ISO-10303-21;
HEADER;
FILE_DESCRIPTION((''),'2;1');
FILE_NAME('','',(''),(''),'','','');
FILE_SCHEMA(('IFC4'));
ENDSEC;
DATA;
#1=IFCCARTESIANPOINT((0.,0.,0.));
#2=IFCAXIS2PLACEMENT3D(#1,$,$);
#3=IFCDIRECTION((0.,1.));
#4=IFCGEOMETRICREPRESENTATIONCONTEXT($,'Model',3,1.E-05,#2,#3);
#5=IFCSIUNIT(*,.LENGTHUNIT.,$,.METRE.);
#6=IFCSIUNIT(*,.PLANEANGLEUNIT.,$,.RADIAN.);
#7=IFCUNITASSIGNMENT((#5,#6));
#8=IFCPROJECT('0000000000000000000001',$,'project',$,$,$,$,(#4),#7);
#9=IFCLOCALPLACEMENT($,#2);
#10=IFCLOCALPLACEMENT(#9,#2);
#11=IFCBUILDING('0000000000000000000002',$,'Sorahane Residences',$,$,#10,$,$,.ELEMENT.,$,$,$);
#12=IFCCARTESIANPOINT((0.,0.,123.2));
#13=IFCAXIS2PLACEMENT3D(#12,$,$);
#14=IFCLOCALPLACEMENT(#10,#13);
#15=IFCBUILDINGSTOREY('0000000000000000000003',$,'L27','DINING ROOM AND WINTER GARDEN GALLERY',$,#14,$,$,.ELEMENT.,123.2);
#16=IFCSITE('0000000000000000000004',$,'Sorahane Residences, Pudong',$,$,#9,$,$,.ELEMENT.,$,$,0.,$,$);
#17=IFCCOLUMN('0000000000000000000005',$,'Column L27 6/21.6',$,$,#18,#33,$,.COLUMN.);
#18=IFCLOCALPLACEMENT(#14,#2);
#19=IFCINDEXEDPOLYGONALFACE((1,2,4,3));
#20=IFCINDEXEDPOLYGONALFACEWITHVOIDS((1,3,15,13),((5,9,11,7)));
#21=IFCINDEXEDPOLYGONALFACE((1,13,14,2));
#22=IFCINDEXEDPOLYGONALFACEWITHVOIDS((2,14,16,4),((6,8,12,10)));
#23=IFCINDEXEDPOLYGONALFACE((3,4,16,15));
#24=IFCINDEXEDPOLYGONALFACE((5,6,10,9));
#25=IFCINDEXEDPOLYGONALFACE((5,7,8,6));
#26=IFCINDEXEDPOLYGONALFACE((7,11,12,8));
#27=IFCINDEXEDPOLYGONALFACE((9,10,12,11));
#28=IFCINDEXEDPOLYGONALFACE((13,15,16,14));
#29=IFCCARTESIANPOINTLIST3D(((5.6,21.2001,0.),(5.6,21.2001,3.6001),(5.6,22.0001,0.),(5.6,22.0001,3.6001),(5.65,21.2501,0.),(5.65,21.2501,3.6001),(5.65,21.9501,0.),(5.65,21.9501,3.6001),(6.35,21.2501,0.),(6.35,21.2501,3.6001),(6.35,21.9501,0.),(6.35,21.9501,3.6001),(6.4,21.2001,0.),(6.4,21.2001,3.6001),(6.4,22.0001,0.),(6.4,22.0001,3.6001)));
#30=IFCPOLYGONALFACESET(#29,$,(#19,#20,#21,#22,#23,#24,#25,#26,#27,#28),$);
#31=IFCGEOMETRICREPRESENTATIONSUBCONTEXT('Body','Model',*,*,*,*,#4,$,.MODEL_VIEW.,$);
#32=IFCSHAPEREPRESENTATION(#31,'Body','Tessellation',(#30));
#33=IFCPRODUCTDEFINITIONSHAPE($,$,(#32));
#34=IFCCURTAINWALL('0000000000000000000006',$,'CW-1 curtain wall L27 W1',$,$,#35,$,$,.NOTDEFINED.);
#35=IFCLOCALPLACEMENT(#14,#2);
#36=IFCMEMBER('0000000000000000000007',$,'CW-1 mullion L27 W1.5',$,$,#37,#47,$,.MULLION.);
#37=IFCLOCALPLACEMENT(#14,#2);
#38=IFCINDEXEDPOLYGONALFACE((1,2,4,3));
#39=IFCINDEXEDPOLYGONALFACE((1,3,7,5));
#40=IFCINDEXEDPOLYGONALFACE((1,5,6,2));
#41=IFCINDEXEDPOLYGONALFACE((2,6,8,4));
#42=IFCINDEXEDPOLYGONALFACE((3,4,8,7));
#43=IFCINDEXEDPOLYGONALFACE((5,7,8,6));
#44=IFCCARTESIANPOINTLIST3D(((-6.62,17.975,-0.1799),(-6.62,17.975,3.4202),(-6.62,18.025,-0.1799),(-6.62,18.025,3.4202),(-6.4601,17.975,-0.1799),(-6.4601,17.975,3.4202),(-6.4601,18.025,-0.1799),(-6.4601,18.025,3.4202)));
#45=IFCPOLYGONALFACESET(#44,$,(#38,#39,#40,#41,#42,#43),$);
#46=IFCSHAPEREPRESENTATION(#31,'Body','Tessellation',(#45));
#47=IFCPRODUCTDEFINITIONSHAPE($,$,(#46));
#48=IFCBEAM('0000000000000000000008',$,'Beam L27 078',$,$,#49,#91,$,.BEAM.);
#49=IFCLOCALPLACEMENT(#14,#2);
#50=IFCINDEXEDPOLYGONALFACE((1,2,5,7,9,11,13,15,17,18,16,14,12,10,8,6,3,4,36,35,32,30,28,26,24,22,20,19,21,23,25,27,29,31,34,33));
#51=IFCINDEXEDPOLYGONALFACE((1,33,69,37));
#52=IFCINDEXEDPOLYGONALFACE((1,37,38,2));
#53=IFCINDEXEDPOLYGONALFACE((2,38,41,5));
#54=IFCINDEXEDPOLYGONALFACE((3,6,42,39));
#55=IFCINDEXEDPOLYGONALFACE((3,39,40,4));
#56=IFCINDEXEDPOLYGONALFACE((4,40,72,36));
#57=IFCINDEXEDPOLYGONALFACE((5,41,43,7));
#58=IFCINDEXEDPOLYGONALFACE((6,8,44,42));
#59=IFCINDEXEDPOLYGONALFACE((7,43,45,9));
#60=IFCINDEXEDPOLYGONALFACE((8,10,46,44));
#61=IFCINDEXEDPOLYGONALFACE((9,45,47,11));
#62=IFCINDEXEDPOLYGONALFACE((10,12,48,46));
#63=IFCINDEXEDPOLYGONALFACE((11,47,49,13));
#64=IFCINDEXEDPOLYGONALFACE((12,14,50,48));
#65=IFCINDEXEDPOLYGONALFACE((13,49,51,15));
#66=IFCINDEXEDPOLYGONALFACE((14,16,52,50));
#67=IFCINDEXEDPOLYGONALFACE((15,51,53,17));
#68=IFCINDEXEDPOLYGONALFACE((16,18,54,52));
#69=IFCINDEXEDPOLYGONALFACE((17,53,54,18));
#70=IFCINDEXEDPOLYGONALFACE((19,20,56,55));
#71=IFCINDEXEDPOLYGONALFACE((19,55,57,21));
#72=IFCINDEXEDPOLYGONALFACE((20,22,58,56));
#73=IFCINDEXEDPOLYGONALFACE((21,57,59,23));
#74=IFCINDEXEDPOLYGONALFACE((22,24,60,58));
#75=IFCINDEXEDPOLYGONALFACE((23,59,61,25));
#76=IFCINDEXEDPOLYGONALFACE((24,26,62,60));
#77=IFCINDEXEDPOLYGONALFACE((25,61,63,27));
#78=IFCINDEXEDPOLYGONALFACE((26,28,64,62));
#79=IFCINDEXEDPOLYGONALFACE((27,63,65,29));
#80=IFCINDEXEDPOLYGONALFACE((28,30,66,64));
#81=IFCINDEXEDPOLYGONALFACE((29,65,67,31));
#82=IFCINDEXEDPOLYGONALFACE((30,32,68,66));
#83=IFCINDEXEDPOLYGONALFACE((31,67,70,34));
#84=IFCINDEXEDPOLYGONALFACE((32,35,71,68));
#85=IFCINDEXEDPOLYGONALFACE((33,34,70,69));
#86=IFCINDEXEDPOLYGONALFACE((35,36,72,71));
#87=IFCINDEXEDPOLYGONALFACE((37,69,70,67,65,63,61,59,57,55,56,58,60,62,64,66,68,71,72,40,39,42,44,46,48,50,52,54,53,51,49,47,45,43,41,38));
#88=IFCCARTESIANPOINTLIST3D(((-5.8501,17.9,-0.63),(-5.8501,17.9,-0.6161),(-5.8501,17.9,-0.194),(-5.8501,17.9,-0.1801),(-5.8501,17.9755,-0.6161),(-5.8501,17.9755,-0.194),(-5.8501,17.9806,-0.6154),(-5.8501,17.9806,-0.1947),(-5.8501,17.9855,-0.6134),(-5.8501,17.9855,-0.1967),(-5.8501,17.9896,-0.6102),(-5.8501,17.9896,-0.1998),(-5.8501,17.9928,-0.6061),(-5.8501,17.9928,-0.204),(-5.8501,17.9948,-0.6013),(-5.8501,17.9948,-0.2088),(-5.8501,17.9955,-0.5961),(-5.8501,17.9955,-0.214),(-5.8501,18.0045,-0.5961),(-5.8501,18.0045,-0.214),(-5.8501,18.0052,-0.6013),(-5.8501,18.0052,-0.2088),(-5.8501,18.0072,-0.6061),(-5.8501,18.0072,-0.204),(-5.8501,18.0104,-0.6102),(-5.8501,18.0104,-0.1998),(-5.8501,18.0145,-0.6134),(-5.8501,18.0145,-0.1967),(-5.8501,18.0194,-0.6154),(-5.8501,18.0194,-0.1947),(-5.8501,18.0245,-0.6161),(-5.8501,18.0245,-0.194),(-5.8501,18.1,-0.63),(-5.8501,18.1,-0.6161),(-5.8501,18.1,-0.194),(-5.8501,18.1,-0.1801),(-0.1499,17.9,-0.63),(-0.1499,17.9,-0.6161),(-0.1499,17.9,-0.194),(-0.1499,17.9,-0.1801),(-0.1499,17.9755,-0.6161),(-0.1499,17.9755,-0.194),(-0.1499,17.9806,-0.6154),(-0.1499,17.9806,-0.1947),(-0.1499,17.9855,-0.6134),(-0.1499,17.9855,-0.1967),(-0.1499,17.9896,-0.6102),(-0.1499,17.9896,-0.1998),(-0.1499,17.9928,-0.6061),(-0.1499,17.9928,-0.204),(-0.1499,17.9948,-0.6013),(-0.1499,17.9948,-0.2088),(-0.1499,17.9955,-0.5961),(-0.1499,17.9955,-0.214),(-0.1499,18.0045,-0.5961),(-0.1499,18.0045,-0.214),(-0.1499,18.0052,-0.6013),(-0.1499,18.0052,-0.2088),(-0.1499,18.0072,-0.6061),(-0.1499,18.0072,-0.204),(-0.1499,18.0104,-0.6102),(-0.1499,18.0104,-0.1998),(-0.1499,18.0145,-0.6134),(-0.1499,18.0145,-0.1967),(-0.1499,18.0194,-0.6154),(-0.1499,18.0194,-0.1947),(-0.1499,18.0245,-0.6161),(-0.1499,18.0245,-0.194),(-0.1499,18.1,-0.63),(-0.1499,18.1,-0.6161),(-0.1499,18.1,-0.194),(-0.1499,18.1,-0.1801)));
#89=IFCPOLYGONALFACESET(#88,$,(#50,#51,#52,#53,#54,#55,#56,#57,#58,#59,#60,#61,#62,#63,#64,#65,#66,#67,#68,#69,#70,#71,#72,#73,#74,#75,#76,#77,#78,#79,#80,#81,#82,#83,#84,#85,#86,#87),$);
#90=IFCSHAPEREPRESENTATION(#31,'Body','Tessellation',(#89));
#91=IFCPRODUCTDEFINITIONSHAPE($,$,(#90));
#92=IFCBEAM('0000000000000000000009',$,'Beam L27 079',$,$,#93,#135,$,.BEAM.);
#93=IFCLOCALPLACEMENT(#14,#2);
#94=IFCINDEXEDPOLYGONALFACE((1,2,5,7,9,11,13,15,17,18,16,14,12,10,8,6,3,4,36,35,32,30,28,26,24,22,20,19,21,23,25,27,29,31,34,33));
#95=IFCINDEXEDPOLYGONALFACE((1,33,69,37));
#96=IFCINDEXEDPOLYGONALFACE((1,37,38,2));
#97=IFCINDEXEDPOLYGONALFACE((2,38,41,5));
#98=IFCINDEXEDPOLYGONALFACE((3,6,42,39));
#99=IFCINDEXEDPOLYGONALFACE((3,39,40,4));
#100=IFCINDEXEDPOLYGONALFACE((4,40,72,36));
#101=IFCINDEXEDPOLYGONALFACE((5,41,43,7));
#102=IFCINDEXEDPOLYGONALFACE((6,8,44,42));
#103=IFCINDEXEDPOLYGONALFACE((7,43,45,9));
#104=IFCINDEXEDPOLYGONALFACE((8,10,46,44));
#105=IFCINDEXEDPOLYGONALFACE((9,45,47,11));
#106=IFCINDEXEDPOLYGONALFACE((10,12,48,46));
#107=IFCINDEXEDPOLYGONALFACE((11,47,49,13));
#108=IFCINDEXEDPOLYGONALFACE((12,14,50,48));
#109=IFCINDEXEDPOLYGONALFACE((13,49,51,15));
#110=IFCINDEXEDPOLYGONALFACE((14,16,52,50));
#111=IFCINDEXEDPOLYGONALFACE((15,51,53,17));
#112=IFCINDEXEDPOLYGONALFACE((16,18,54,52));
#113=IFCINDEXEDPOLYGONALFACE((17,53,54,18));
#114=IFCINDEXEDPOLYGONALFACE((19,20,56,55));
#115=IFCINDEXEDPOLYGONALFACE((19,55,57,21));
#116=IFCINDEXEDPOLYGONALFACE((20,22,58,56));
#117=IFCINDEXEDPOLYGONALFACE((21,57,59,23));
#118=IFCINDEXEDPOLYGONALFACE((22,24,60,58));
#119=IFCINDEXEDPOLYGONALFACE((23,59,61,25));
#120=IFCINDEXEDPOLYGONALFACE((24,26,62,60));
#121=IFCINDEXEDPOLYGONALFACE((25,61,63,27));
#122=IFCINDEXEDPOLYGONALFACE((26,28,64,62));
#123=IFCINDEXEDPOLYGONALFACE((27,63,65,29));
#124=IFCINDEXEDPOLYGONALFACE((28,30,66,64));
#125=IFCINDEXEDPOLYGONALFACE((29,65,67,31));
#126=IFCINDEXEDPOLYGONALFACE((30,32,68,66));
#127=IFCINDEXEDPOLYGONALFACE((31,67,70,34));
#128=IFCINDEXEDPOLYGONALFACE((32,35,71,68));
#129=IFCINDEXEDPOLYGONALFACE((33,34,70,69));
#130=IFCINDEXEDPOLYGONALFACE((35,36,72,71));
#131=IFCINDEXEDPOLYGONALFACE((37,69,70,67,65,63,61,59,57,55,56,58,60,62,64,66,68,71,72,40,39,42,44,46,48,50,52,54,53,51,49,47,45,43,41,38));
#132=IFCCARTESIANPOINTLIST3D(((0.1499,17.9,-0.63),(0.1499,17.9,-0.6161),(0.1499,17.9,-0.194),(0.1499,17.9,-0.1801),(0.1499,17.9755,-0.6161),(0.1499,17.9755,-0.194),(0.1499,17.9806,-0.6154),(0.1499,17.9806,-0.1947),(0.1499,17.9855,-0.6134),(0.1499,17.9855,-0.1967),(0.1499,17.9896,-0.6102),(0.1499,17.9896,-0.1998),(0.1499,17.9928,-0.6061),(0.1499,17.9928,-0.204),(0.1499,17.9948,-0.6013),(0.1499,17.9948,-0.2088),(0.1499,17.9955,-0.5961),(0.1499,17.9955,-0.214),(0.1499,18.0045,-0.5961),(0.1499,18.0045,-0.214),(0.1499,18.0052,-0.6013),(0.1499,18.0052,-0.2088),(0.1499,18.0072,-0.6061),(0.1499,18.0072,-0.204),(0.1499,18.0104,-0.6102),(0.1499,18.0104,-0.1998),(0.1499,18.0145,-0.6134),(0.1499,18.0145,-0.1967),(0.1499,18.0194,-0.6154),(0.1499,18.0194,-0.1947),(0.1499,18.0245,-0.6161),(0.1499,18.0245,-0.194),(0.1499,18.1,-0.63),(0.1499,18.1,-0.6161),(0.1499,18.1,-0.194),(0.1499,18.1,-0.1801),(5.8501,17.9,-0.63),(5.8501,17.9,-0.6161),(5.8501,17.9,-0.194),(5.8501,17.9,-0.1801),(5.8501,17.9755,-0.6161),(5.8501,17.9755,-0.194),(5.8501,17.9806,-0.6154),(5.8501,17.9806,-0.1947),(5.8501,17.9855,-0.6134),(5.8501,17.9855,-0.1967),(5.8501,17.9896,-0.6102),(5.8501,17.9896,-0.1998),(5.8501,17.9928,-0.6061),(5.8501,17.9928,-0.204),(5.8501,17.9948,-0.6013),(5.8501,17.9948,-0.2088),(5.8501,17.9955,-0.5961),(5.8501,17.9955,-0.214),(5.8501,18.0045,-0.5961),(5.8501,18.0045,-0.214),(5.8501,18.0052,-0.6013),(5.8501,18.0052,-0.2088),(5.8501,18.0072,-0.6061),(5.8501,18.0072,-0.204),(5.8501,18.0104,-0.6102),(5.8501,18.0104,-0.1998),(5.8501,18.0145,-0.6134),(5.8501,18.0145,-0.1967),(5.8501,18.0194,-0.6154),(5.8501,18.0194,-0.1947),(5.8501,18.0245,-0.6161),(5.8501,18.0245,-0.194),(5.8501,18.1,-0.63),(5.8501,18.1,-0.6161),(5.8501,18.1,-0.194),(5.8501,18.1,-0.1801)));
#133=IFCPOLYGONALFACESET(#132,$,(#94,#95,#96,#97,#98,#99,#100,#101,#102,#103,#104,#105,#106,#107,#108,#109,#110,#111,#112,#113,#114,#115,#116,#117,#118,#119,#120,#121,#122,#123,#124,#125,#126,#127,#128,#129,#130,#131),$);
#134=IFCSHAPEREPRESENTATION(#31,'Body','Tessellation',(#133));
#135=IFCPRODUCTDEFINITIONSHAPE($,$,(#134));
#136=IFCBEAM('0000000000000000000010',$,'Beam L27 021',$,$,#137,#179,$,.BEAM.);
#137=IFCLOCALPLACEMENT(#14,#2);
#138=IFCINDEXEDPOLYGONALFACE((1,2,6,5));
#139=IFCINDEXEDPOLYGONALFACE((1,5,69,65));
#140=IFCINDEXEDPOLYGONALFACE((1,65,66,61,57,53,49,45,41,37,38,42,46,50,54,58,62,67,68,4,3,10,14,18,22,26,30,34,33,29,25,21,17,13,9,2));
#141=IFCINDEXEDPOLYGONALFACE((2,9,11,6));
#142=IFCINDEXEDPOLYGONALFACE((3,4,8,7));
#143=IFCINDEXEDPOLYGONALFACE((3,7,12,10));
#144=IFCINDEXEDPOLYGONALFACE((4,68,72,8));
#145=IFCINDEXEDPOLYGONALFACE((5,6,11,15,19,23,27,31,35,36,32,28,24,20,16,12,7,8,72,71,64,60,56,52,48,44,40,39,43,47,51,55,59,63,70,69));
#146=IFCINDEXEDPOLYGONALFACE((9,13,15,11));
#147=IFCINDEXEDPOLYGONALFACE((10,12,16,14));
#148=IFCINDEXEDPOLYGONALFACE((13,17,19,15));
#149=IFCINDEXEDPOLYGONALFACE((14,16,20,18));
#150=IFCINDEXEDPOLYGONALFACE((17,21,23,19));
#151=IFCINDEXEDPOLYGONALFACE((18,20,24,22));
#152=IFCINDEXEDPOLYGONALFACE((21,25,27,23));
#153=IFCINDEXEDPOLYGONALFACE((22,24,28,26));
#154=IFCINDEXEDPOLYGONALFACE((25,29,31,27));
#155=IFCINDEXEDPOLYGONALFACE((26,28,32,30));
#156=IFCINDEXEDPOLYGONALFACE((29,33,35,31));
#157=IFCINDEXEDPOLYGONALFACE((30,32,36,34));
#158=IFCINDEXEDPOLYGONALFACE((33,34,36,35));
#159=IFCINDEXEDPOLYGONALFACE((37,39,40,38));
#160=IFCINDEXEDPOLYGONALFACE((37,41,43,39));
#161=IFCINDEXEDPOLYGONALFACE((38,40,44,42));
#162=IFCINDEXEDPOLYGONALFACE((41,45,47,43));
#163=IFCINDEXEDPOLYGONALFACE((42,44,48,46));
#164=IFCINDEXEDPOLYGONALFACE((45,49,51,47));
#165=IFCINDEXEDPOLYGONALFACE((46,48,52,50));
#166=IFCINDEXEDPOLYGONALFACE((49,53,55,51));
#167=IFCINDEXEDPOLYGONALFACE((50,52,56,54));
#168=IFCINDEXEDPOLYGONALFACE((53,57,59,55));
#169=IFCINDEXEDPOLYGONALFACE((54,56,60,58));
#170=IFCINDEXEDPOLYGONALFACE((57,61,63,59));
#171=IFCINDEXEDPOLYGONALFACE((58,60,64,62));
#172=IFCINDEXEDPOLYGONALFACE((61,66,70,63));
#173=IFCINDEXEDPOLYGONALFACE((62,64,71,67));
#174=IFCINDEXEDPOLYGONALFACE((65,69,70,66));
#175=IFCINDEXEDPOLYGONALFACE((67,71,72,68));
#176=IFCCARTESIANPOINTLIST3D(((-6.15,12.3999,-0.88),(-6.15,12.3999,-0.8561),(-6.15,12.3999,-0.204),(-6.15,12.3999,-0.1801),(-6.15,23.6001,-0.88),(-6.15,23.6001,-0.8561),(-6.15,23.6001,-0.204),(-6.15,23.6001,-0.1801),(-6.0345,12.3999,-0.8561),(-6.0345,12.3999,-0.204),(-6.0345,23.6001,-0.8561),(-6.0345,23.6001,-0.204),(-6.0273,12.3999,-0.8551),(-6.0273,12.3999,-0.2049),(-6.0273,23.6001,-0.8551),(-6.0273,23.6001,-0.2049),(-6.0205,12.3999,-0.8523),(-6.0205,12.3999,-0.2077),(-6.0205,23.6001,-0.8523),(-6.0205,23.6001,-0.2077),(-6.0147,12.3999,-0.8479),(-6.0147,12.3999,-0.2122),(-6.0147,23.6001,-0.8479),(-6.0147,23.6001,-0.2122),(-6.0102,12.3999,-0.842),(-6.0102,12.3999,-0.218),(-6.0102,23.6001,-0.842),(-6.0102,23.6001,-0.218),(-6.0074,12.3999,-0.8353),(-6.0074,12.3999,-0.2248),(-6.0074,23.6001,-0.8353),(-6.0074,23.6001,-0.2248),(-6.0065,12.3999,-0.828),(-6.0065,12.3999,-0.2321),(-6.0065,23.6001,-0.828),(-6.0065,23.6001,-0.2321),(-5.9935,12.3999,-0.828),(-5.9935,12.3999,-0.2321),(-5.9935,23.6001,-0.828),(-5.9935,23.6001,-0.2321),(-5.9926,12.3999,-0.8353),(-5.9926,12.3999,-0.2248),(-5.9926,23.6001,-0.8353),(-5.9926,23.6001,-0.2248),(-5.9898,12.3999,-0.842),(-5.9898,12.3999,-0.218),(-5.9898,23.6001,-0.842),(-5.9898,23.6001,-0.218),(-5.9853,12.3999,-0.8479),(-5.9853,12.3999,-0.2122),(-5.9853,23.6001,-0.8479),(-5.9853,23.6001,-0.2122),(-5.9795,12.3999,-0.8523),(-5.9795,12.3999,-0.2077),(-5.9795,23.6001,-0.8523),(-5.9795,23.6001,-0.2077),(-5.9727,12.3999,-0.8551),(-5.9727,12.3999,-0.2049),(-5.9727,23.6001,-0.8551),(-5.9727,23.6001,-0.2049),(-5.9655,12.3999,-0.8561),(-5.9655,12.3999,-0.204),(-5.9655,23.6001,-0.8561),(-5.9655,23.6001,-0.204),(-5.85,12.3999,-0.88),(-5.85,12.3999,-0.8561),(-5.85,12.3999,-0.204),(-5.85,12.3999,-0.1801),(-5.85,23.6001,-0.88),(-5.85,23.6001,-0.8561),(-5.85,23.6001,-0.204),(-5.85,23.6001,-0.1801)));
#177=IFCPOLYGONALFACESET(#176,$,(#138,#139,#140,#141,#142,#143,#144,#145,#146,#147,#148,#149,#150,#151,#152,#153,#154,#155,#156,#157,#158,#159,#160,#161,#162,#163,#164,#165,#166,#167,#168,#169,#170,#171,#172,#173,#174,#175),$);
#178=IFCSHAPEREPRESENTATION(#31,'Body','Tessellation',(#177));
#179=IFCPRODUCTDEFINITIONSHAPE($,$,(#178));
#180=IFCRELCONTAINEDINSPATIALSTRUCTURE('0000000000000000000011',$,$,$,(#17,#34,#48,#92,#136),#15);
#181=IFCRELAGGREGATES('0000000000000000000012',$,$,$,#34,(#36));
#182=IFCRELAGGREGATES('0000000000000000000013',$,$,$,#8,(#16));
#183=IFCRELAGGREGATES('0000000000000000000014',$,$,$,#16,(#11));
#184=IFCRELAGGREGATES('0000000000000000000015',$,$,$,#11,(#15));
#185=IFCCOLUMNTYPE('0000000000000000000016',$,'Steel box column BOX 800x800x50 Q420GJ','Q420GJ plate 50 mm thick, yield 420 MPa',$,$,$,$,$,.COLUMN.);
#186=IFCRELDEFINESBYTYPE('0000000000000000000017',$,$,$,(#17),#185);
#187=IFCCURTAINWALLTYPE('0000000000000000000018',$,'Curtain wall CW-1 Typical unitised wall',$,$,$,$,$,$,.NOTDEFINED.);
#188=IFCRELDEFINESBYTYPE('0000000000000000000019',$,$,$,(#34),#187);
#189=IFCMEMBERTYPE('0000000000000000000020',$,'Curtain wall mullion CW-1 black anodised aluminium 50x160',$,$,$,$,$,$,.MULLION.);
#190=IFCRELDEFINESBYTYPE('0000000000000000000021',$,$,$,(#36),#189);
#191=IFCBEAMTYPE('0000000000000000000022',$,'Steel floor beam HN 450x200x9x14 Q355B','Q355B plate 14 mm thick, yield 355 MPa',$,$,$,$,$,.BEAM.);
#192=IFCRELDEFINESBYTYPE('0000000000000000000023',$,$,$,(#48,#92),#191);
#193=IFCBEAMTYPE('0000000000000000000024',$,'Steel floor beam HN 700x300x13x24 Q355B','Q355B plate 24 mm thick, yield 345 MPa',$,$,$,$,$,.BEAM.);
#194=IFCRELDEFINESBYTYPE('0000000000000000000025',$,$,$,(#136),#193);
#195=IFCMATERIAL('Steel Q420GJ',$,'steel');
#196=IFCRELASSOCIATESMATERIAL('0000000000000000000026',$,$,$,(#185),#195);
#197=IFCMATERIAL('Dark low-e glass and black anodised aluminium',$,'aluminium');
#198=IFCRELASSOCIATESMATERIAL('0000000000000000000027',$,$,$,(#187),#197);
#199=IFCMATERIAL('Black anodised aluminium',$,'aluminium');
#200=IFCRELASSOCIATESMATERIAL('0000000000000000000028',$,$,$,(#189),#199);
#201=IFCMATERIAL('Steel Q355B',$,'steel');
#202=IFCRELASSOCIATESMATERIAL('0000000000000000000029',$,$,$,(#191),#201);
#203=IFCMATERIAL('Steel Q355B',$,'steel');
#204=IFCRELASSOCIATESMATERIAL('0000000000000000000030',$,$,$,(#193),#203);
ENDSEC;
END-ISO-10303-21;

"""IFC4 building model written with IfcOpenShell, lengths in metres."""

from ifc_helpers import new_model, si_unit, direction, frame, origin, origin_2d, place, context, subcontext, project, spatial, rectangle, hollow_rectangle, i_section, extrude, material, material_profile, profile_set, type_object, element, aggregate, save


model = new_model("IFC4")

# Units and contexts
model_context = context("Model", 3, precision=1e-05, world=origin(), true_north=direction((0.0, 1.0)))
body_context = subcontext(model_context, "Body", "Model", "MODEL_VIEW")
ifc_project = project(units=[si_unit("LENGTHUNIT", "METRE"), si_unit("PLANEANGLEUNIT", "RADIAN")], contexts=[model_context])

# Site, building, storey
site_placement = place(None, origin())
site = spatial("IfcSite", under=ifc_project, at=site_placement, Name="Sorahane Residences, Pudong", CompositionType="ELEMENT", RefElevation=0.0)
building_placement = place(site_placement, origin())
building = spatial("IfcBuilding", under=site, at=building_placement, Name="Sorahane Residences", CompositionType="ELEMENT")
storey_placement = place(building_placement, frame((0.0, 0.0, 123.2)))
storey = spatial("IfcBuildingStorey", under=building, at=storey_placement, Name="L27", Description="DINING ROOM AND WINTER GARDEN GALLERY", CompositionType="ELEMENT", Elevation=123.2)

# Column
ifc_material_1 = material(Name="Steel Q420GJ", Category="steel")
ifc_material_profile_1 = material_profile(ifc_material_1, hollow_rectangle(XDim=0.8, YDim=0.8, WallThickness=0.05, at=origin_2d()), Name="BOX 800x800x50")
ifc_profile_set_1 = profile_set([ifc_material_profile_1], Name="Steel Q420GJ")
column_type = type_object("IfcColumnType", Name="Steel box column BOX 800x800x50 Q420GJ", Description="Q420GJ plate 50 mm thick, yield 420 MPa", PredefinedType="COLUMN", material=ifc_profile_set_1)
column_placement = place(storey_placement, frame((6.0, 21.6001, 0.0), z_axis=(0.0, 0.0, 1.0), x_axis=(1.0, 0.0, 0.0)))
element("IfcColumn", 1, at=column_placement, inside=storey, type_object=column_type, Name="Column L27 6/21.6", PredefinedType="COLUMN", context=body_context, shape_type="SweptSolid", body=[
    extrude(hollow_rectangle(XDim=0.8, YDim=0.8, WallThickness=0.05, at=origin_2d()), origin(), (0.0, 0.0, 1.0), 3.6001),
])

# Curtain wall, member
ifc_material_2 = material(Name="Dark low-e glass and black anodised aluminium", Category="aluminium")
curtain_wall_type = type_object("IfcCurtainWallType", Name="Curtain wall CW-1 Typical unitised wall", PredefinedType="NOTDEFINED", material=ifc_material_2)
curtain_wall_placement = place(storey_placement, origin())
curtain_wall = element("IfcCurtainWall", 2, at=curtain_wall_placement, inside=storey, type_object=curtain_wall_type, Name="CW-1 curtain wall L27 W1", PredefinedType="NOTDEFINED")
ifc_material_3 = material(Name="Black anodised aluminium", Category="aluminium")
ifc_material_profile_2 = material_profile(ifc_material_3, rectangle(XDim=0.1599, YDim=0.05, at=origin_2d()), Name="Curtain wall mullion CW-1 black anodised aluminium 50x160")
ifc_profile_set_2 = profile_set([ifc_material_profile_2], Name="Black anodised aluminium")
member_type = type_object("IfcMemberType", Name="Curtain wall mullion CW-1 black anodised aluminium 50x160", PredefinedType="MULLION", material=ifc_profile_set_2)
member_placement = place(storey_placement, frame((-6.54, 18.0, -0.1799), z_axis=(0.0, 0.0, 1.0), x_axis=(-1.0, 0.0, 0.0)))
member = element("IfcMember", 3, at=member_placement, type_object=member_type, Name="CW-1 mullion L27 W1.5", PredefinedType="MULLION", context=body_context, shape_type="SweptSolid", body=[
    extrude(rectangle(XDim=0.1599, YDim=0.05, at=origin_2d()), origin(), (0.0, 0.0, 1.0), 3.6001),
])

# Beams
ifc_material_4 = material(Name="Steel Q355B", Category="steel")
ifc_material_profile_3 = material_profile(ifc_material_4, i_section(OverallWidth=0.2, OverallDepth=0.45, WebThickness=0.009, FlangeThickness=0.0139, FilletRadius=0.02, at=origin_2d()), Name="HN 450x200x9x14")
ifc_profile_set_3 = profile_set([ifc_material_profile_3], Name="Steel Q355B")
beam_type_1 = type_object("IfcBeamType", Name="Steel floor beam HN 450x200x9x14 Q355B", Description="Q355B plate 14 mm thick, yield 355 MPa", PredefinedType="BEAM", material=ifc_profile_set_3)
for number, where, z_axis, x_axis, name in (
    (4, (-5.8501, 18.0, -0.405), (1.0, 0.0, 0.0), (0.0, 1.0, 0.0), "Beam L27 078"),
    (5, (0.1499, 18.0, -0.405), (1.0, 0.0, 0.0), (0.0, 1.0, 0.0), "Beam L27 079"),
):
    element("IfcBeam", number, at=place(storey_placement, frame(where, z_axis=z_axis, x_axis=x_axis)), inside=storey, type_object=beam_type_1, Name=name, PredefinedType="BEAM", context=body_context, shape_type="SweptSolid", body=[
        extrude(i_section(OverallWidth=0.2, OverallDepth=0.45, WebThickness=0.009, FlangeThickness=0.0139, FilletRadius=0.02, at=origin_2d()), origin(), (0.0, 0.0, 1.0), 5.7002),
    ])
ifc_material_5 = material(Name="Steel Q355B", Category="steel")
ifc_material_profile_4 = material_profile(ifc_material_5, i_section(OverallWidth=0.3, OverallDepth=0.7, WebThickness=0.0129, FlangeThickness=0.0239, FilletRadius=0.0281, at=origin_2d()), Name="HN 700x300x13x24")
ifc_profile_set_4 = profile_set([ifc_material_profile_4], Name="Steel Q355B")
beam_type_2 = type_object("IfcBeamType", Name="Steel floor beam HN 700x300x13x24 Q355B", Description="Q355B plate 24 mm thick, yield 345 MPa", PredefinedType="BEAM", material=ifc_profile_set_4)
beam_1_placement = place(storey_placement, frame((-6.0, 12.3999, -0.53), z_axis=(0.0, 1.0, 0.0), x_axis=(-1.0, 0.0, 0.0)))
element("IfcBeam", 6, at=beam_1_placement, inside=storey, type_object=beam_type_2, Name="Beam L27 021", PredefinedType="BEAM", context=body_context, shape_type="SweptSolid", body=[
    extrude(i_section(OverallWidth=0.3, OverallDepth=0.7, WebThickness=0.0129, FlangeThickness=0.0239, FilletRadius=0.0281, at=origin_2d()), origin(), (0.0, 0.0, 1.0), 11.2002),
])

aggregate(curtain_wall, [member])

save(model, "model.ifc")
